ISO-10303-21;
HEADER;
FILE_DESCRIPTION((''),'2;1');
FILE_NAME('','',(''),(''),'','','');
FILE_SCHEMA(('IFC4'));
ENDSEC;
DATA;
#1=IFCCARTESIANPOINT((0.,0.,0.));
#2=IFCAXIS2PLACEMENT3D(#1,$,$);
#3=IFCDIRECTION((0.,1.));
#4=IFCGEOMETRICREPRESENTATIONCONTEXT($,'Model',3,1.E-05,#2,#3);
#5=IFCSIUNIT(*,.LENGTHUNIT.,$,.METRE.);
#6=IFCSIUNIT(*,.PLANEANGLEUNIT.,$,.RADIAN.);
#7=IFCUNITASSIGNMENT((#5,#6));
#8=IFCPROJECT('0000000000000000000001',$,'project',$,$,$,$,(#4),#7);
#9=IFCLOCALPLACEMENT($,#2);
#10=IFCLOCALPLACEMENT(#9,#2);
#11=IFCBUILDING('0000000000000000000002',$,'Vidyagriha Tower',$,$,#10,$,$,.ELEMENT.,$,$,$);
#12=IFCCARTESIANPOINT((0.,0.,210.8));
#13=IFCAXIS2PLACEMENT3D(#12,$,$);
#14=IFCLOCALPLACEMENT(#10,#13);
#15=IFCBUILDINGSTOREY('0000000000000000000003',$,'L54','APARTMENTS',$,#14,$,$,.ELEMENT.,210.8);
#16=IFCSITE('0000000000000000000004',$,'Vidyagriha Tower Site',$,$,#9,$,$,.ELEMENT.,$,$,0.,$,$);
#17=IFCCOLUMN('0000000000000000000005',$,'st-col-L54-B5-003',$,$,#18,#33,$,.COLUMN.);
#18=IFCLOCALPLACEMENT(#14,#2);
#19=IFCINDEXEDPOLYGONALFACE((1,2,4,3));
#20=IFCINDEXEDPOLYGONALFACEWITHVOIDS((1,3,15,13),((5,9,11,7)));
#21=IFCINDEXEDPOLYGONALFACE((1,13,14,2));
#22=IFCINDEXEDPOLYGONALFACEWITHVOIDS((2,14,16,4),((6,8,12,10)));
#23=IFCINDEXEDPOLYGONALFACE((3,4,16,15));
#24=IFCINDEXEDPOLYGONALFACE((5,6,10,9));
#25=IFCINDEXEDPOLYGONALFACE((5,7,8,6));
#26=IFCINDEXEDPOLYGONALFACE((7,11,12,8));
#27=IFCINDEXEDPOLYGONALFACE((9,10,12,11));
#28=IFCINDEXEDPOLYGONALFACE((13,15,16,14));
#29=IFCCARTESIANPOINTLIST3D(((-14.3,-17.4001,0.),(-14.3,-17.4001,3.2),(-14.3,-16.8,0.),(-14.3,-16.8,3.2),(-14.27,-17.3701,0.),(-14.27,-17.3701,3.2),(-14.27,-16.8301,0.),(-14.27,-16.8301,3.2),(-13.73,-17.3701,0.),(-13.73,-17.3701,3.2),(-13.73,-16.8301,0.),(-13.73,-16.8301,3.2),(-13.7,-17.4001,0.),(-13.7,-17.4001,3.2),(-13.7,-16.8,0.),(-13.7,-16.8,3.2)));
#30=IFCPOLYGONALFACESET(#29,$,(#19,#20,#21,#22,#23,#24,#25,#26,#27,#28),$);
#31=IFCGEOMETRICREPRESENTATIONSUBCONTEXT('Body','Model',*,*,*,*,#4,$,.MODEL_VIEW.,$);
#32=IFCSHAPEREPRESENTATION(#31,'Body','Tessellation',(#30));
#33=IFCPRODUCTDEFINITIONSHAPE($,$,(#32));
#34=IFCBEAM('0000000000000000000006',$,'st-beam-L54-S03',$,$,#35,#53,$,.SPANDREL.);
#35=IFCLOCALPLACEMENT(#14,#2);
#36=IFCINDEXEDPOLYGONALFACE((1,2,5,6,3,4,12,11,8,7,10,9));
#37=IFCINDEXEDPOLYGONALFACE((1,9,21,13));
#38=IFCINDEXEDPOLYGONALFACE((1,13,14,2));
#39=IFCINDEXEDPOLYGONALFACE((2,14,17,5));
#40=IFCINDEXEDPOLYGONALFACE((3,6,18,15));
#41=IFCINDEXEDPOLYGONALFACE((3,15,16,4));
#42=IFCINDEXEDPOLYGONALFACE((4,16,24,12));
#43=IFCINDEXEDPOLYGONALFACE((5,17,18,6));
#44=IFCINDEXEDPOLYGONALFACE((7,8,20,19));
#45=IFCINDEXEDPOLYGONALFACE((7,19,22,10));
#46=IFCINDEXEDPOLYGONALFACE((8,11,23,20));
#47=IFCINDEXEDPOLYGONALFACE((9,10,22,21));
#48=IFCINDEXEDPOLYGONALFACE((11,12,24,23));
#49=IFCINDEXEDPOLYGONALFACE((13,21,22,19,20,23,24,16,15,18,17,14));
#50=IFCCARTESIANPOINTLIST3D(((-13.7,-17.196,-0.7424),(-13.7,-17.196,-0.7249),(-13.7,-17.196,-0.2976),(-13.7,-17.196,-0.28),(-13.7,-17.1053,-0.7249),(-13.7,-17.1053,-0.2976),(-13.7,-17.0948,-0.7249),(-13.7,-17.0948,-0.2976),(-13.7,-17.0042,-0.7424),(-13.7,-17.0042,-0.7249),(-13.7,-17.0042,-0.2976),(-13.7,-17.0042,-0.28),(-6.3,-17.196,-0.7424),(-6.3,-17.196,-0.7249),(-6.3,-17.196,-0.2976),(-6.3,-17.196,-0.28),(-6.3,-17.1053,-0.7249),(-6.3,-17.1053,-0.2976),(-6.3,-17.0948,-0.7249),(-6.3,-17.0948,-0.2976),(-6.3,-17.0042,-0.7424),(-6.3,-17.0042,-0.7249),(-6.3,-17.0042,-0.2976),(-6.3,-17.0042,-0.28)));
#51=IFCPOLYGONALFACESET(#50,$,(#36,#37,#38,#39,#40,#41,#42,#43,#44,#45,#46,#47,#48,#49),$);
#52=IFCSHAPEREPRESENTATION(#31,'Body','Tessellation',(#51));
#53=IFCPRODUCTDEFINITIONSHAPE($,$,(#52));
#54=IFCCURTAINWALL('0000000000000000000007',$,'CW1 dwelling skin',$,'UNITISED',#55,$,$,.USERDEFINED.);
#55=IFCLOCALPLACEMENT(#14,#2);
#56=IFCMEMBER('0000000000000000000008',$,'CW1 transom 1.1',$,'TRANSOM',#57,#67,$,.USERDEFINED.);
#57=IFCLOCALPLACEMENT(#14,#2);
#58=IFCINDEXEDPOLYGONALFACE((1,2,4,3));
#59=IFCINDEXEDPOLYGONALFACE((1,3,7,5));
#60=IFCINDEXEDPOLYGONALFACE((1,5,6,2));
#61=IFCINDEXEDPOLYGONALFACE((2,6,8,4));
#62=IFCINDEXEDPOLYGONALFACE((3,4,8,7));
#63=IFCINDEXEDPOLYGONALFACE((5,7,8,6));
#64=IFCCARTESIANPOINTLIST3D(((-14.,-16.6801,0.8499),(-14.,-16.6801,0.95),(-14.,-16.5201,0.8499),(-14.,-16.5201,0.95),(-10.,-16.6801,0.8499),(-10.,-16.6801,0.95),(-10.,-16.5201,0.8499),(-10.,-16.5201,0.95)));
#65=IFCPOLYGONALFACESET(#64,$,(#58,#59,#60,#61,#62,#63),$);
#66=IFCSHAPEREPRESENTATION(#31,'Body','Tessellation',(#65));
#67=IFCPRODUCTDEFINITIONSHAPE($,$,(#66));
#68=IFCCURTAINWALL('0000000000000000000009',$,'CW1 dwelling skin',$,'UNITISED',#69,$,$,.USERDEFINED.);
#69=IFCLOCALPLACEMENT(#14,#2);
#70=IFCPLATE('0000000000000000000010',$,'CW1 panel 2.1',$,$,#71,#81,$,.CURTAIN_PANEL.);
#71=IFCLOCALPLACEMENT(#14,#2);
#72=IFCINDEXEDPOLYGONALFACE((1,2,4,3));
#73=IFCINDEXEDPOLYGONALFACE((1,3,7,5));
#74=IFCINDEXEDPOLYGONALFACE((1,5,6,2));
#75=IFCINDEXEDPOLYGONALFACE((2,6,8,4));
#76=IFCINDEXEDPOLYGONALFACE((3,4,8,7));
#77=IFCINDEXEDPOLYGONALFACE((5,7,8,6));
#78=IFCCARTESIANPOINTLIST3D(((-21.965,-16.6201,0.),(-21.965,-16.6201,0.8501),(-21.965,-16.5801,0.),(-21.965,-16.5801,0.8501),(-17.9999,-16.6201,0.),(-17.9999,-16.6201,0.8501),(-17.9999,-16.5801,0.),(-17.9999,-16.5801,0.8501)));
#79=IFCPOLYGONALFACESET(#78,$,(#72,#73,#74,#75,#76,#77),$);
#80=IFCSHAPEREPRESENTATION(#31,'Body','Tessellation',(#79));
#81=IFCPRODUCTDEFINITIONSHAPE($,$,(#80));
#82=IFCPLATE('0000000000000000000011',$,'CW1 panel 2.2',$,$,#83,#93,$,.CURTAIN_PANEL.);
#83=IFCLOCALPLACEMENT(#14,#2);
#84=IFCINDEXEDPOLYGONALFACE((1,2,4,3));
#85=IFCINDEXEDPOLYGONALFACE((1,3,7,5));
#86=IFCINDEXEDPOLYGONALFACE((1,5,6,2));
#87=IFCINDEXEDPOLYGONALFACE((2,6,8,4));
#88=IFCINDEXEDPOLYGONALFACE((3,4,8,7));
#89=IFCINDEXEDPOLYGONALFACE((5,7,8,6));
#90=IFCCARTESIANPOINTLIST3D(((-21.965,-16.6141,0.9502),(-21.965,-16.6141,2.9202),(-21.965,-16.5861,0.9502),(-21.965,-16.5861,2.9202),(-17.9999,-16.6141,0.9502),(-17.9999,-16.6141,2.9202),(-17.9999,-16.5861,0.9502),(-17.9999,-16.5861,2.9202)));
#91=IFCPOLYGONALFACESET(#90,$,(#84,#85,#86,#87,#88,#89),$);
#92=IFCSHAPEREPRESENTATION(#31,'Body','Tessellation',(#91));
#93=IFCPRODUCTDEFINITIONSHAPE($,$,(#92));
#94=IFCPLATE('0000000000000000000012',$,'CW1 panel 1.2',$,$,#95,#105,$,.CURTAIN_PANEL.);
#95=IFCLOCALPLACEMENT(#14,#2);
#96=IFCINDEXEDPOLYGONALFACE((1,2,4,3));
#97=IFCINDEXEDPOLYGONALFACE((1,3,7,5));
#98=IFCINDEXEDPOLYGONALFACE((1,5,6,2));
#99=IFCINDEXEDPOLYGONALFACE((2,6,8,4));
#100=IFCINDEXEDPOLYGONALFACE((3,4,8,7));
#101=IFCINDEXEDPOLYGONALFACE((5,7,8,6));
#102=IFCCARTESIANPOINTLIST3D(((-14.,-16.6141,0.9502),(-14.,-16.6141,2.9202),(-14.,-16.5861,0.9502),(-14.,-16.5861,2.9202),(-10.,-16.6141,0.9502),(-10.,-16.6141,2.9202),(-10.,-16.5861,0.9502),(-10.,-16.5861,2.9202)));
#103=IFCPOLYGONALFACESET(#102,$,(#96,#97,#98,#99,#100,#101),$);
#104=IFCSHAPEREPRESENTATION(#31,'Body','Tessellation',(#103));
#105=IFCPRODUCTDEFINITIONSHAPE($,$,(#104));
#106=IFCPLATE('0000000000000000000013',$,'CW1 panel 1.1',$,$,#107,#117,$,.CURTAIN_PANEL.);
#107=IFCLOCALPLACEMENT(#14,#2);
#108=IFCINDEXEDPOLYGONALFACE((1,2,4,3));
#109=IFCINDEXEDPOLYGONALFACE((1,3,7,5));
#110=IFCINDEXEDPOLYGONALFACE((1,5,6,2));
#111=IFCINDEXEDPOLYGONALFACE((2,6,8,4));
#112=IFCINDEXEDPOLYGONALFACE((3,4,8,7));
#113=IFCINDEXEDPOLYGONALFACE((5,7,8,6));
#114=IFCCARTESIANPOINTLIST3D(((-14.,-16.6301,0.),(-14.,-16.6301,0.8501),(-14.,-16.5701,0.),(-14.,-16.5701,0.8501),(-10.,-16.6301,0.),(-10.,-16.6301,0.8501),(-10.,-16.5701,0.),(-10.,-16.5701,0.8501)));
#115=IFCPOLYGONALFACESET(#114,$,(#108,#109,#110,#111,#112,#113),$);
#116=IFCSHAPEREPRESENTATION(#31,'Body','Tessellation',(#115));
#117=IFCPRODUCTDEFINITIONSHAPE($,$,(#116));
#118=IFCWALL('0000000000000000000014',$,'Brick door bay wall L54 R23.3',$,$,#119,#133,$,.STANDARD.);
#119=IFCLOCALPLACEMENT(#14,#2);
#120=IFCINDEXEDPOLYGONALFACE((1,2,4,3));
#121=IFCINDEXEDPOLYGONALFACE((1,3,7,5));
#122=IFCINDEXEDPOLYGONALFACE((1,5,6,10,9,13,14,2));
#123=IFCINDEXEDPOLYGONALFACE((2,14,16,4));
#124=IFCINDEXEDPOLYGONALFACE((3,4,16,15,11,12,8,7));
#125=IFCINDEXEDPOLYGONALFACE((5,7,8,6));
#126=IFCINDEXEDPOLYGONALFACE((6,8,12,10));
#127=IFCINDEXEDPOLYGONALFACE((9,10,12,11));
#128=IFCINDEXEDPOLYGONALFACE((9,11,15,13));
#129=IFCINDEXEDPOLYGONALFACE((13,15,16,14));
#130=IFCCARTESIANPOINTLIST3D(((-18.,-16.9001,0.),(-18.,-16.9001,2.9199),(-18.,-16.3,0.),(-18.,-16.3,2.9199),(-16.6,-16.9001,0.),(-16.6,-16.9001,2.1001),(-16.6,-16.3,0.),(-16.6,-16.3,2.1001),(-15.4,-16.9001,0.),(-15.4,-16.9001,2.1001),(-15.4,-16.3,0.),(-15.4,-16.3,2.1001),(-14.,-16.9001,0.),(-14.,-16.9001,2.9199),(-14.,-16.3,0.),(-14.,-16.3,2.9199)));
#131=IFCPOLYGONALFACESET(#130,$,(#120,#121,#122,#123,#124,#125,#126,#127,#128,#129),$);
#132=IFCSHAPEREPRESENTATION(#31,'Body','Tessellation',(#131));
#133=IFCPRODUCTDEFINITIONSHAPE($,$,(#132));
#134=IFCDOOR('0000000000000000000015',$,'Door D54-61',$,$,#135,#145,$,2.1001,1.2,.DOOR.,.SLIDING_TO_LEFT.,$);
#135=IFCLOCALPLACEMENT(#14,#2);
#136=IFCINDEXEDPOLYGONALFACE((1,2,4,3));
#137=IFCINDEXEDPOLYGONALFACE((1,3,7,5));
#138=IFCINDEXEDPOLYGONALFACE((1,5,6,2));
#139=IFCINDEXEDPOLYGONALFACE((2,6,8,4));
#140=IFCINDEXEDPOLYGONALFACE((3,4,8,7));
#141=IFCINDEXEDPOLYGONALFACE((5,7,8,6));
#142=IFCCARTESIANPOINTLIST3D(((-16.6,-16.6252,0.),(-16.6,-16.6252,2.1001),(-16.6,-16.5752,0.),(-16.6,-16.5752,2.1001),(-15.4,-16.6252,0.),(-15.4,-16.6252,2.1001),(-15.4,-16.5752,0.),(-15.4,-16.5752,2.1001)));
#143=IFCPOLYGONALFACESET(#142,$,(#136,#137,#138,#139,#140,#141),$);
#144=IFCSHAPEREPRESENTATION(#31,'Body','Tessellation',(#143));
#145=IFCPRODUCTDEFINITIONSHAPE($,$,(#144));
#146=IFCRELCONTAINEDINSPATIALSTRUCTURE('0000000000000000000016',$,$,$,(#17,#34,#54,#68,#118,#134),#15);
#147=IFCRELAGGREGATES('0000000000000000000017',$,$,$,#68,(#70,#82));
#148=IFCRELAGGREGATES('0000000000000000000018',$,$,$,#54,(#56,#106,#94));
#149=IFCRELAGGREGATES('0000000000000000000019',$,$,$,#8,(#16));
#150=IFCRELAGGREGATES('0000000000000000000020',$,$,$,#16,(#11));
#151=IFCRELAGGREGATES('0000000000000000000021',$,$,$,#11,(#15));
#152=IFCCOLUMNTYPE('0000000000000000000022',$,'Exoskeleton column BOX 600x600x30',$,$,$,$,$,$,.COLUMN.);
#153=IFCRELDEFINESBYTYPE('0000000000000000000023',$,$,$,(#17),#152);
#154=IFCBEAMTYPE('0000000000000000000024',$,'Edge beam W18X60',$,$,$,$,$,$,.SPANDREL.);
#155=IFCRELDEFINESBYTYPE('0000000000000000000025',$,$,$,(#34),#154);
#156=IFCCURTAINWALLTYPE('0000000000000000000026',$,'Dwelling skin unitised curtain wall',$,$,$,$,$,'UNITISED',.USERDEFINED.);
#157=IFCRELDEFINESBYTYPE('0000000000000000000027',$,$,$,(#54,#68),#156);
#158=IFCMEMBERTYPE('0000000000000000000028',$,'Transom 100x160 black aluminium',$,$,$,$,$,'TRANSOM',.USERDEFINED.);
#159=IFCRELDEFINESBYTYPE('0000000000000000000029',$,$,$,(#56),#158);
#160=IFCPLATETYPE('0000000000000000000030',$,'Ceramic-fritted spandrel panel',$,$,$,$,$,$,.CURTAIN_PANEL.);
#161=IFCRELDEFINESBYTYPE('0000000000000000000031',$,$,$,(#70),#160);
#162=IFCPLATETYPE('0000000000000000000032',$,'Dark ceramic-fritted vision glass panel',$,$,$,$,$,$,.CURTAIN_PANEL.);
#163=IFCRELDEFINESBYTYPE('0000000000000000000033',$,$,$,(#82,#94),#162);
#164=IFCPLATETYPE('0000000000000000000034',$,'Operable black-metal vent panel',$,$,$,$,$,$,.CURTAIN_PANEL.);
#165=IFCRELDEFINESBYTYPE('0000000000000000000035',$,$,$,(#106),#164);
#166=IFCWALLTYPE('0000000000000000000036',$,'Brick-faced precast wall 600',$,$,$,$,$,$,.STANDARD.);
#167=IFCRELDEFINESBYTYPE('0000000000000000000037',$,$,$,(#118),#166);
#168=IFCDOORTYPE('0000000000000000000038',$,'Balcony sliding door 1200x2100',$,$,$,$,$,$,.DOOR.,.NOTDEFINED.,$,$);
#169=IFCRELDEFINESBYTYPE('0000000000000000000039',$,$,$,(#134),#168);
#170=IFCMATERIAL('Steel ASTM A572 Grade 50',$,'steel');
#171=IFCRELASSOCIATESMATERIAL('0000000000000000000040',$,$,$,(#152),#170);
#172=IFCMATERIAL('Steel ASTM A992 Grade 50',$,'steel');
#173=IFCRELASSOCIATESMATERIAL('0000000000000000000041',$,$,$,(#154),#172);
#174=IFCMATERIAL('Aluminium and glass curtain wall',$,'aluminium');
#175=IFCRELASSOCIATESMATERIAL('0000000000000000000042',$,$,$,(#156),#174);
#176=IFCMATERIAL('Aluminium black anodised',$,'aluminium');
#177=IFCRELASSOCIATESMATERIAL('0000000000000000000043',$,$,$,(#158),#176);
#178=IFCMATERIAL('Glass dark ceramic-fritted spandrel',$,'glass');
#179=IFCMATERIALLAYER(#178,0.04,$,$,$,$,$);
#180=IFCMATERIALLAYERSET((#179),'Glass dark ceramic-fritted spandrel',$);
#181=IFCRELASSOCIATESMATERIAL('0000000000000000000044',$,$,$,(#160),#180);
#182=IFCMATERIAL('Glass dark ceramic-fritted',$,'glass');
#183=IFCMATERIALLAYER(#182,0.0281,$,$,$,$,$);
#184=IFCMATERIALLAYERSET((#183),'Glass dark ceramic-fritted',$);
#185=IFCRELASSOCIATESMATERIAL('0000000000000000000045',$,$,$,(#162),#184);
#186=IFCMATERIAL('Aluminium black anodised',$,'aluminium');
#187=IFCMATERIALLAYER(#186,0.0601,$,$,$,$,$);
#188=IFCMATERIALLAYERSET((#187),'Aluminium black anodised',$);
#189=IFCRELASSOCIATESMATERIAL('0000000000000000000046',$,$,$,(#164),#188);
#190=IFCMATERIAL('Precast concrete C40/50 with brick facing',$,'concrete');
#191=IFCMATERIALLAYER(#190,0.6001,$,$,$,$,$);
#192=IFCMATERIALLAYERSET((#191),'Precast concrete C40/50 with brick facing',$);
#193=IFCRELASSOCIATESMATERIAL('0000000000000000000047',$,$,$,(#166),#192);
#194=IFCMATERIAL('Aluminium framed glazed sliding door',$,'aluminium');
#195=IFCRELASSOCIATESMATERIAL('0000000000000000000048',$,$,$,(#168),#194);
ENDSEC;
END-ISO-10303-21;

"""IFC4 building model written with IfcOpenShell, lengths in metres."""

from ifc_helpers import new_model, si_unit, direction, frame, frame_2d, origin, origin_2d, place, context, subcontext, project, spatial, rectangle, hollow_rectangle, i_section, extrude, material, layer, layer_set, material_profile, profile_set, type_object, element, fill, aggregate, save


model = new_model("IFC4")

# Units and contexts
model_context = context("Model", 3, precision=1e-05, world=origin(), true_north=direction((0.0, 1.0)))
body_context = subcontext(model_context, "Body", "Model", "MODEL_VIEW")
ifc_project = project(units=[si_unit("LENGTHUNIT", "METRE"), si_unit("PLANEANGLEUNIT", "RADIAN")], contexts=[model_context])

# Site, building, storey
site_placement = place(None, origin())
site = spatial("IfcSite", under=ifc_project, at=site_placement, Name="Vidyagriha Tower Site", CompositionType="ELEMENT", RefElevation=0.0)
building_placement = place(site_placement, origin())
building = spatial("IfcBuilding", under=site, at=building_placement, Name="Vidyagriha Tower", CompositionType="ELEMENT")
storey_placement = place(building_placement, frame((0.0, 0.0, 210.8)))
storey = spatial("IfcBuildingStorey", under=building, at=storey_placement, Name="L54", Description="APARTMENTS", CompositionType="ELEMENT", Elevation=210.8)

# Column
ifc_material_1 = material(Name="Steel ASTM A572 Grade 50", Category="steel")
ifc_material_profile_1 = material_profile(ifc_material_1, hollow_rectangle(XDim=0.6001, YDim=0.6001, WallThickness=0.03, at=origin_2d()), Name="BOX 600x600x30")
ifc_profile_set_1 = profile_set([ifc_material_profile_1], Name="Steel ASTM A572 Grade 50")
column_type = type_object("IfcColumnType", Name="Exoskeleton column BOX 600x600x30", PredefinedType="COLUMN", material=ifc_profile_set_1)
column_placement = place(storey_placement, frame((-14.0, -17.1001, 0.0)))
element("IfcColumn", 1, at=column_placement, inside=storey, type_object=column_type, Name="st-col-L54-B5-003", PredefinedType="COLUMN", context=body_context, shape_type="SweptSolid", body=[
    extrude(hollow_rectangle(XDim=0.6001, YDim=0.6001, WallThickness=0.03, at=origin_2d()), origin(), (0.0, 0.0, 1.0), 3.2),
])

# Beam
ifc_material_2 = material(Name="Steel ASTM A992 Grade 50", Category="steel")
ifc_material_profile_2 = material_profile(ifc_material_2, i_section(OverallWidth=0.1919, OverallDepth=0.4624, WebThickness=0.0105, FlangeThickness=0.0176, at=origin_2d()), Name="W18X60")
ifc_profile_set_2 = profile_set([ifc_material_profile_2], Name="Steel ASTM A992 Grade 50")
beam_type = type_object("IfcBeamType", Name="Edge beam W18X60", PredefinedType="SPANDREL", material=ifc_profile_set_2)
beam_placement = place(storey_placement, frame((-13.7, -17.1001, -0.5112), z_axis=(1.0, 0.0, 0.0), x_axis=(0.0, 1.0, 0.0)))
element("IfcBeam", 2, at=beam_placement, inside=storey, type_object=beam_type, Name="st-beam-L54-S03", PredefinedType="SPANDREL", context=body_context, shape_type="SweptSolid", body=[
    extrude(i_section(OverallWidth=0.1919, OverallDepth=0.4624, WebThickness=0.0105, FlangeThickness=0.0176, at=origin_2d()), origin(), (0.0, 0.0, 1.0), 7.3999),
])

# Curtain wall, member
ifc_material_3 = material(Name="Aluminium and glass curtain wall", Category="aluminium")
curtain_wall_type = type_object("IfcCurtainWallType", Name="Dwelling skin unitised curtain wall", ElementType="UNITISED", PredefinedType="USERDEFINED", material=ifc_material_3)
curtain_wall_1_placement = place(storey_placement, origin())
curtain_wall_1 = element("IfcCurtainWall", 3, at=curtain_wall_1_placement, inside=storey, type_object=curtain_wall_type, Name="CW1 dwelling skin", ObjectType="UNITISED", PredefinedType="USERDEFINED")
ifc_material_4 = material(Name="Aluminium black anodised", Category="aluminium")
ifc_material_profile_3 = material_profile(ifc_material_4, rectangle(XDim=0.1599, YDim=0.1001, at=origin_2d()), Name="Transom 100x160 black aluminium")
ifc_profile_set_3 = profile_set([ifc_material_profile_3], Name="Aluminium black anodised")
member_type = type_object("IfcMemberType", Name="Transom 100x160 black aluminium", ElementType="TRANSOM", PredefinedType="USERDEFINED", material=ifc_profile_set_3)
member_placement = place(storey_placement, frame((-14.0, -16.6001, 0.8999), z_axis=(1.0, 0.0, 0.0), x_axis=(0.0, 1.0, 0.0)))
member = element("IfcMember", 4, at=member_placement, type_object=member_type, Name="CW1 transom 1.1", ObjectType="TRANSOM", PredefinedType="USERDEFINED", context=body_context, shape_type="SweptSolid", body=[
    extrude(rectangle(XDim=0.1599, YDim=0.1001, at=origin_2d()), origin(), (0.0, 0.0, 1.0), 4.0),
])

# Curtain wall, plates
curtain_wall_2_placement = place(storey_placement, origin())
curtain_wall_2 = element("IfcCurtainWall", 5, at=curtain_wall_2_placement, inside=storey, type_object=curtain_wall_type, Name="CW1 dwelling skin", ObjectType="UNITISED", PredefinedType="USERDEFINED")
ifc_material_5 = material(Name="Glass dark ceramic-fritted spandrel", Category="glass")
ifc_layer_1 = layer(ifc_material_5, 0.04)
ifc_layer_set_1 = layer_set([ifc_layer_1], Name="Glass dark ceramic-fritted spandrel")
plate_type_1 = type_object("IfcPlateType", Name="Ceramic-fritted spandrel panel", PredefinedType="CURTAIN_PANEL", material=ifc_layer_set_1)
plate_1_placement = place(storey_placement, frame((-19.9824, -16.6001, 0.0)))
plate_1 = element("IfcPlate", 6, at=plate_1_placement, type_object=plate_type_1, Name="CW1 panel 2.1", PredefinedType="CURTAIN_PANEL", context=body_context, shape_type="SweptSolid", body=[
    extrude(rectangle(XDim=3.9651, YDim=0.04, at=origin_2d()), origin(), (0.0, 0.0, 1.0), 0.8501),
])
ifc_material_6 = material(Name="Glass dark ceramic-fritted", Category="glass")
ifc_layer_2 = layer(ifc_material_6, 0.0281)
ifc_layer_set_2 = layer_set([ifc_layer_2], Name="Glass dark ceramic-fritted")
plate_type_2 = type_object("IfcPlateType", Name="Dark ceramic-fritted vision glass panel", PredefinedType="CURTAIN_PANEL", material=ifc_layer_set_2)
plate_2_placement = place(storey_placement, frame((-19.9824, -16.6001, 0.9502)))
plate_2 = element("IfcPlate", 7, at=plate_2_placement, type_object=plate_type_2, Name="CW1 panel 2.2", PredefinedType="CURTAIN_PANEL", context=body_context, shape_type="SweptSolid", body=[
    extrude(rectangle(XDim=3.9651, YDim=0.0281, at=origin_2d()), origin(), (0.0, 0.0, 1.0), 1.97),
])
aggregate(curtain_wall_2, [plate_1, plate_2])

# Plates
plate_3_placement = place(storey_placement, frame((-12.0, -16.6001, 0.9502)))
plate_3 = element("IfcPlate", 8, at=plate_3_placement, type_object=plate_type_2, Name="CW1 panel 1.2", PredefinedType="CURTAIN_PANEL", context=body_context, shape_type="SweptSolid", body=[
    extrude(rectangle(XDim=4.0, YDim=0.0281, at=origin_2d()), origin(), (0.0, 0.0, 1.0), 1.97),
])
ifc_material_7 = material(Name="Aluminium black anodised", Category="aluminium")
ifc_layer_3 = layer(ifc_material_7, 0.0601)
ifc_layer_set_3 = layer_set([ifc_layer_3], Name="Aluminium black anodised")
plate_type_3 = type_object("IfcPlateType", Name="Operable black-metal vent panel", PredefinedType="CURTAIN_PANEL", material=ifc_layer_set_3)
plate_4_placement = place(storey_placement, frame((-12.0, -16.6001, 0.0)))
plate_4 = element("IfcPlate", 9, at=plate_4_placement, type_object=plate_type_3, Name="CW1 panel 1.1", PredefinedType="CURTAIN_PANEL", context=body_context, shape_type="SweptSolid", body=[
    extrude(rectangle(XDim=4.0, YDim=0.0601, at=origin_2d()), origin(), (0.0, 0.0, 1.0), 0.8501),
])
aggregate(curtain_wall_1, [member, plate_4, plate_3])

# Wall, opening, door
ifc_material_8 = material(Name="Precast concrete C40/50 with brick facing", Category="concrete")
ifc_layer_4 = layer(ifc_material_8, 0.6001)
ifc_layer_set_4 = layer_set([ifc_layer_4], Name="Precast concrete C40/50 with brick facing")
wall_type = type_object("IfcWallType", Name="Brick-faced precast wall 600", PredefinedType="STANDARD", material=ifc_layer_set_4)
wall_placement = place(storey_placement, frame((-18.0, -16.6001, 0.0)))
wall = element("IfcWall", 10, at=wall_placement, inside=storey, type_object=wall_type, Name="Brick door bay wall L54 R23.3", PredefinedType="STANDARD", context=body_context, shape_type="SweptSolid", body=[
    extrude(rectangle(XDim=4.0, YDim=0.6001, at=frame_2d((2.0, 0.0))), origin(), (0.0, 0.0, 1.0), 2.9199),
])
opening_placement = place(wall_placement, frame((1.3999, 0.0, 0.0)))
opening = element("IfcOpeningElement", 11, at=opening_placement, cuts=wall, PredefinedType="OPENING", context=body_context, shape_type="SweptSolid", body=[
    extrude(rectangle(XDim=1.2, YDim=2.1001, at=frame_2d((0.6001, 1.05))), frame((0.0, 0.3101, 0.0), z_axis=(0.0, -1.0, 0.0), x_axis=(1.0, 0.0, 0.0)), (0.0, 0.0, 1.0), 0.6201),
])
ifc_material_9 = material(Name="Aluminium framed glazed sliding door", Category="aluminium")
door_type = type_object("IfcDoorType", Name="Balcony sliding door 1200x2100", OperationType="NOTDEFINED", PredefinedType="DOOR", material=ifc_material_9)
door_placement = place(opening_placement, origin())
door = element("IfcDoor", 12, at=door_placement, inside=storey, type_object=door_type, Name="Door D54-61", OperationType="SLIDING_TO_LEFT", OverallHeight=2.1001, OverallWidth=1.2, PredefinedType="DOOR", context=body_context, shape_type="SweptSolid", body=[
    extrude(rectangle(XDim=1.2, YDim=2.1001, at=frame_2d((0.6001, 1.05))), frame((0.0, 0.0249, 0.0), z_axis=(0.0, -1.0, 0.0), x_axis=(1.0, 0.0, 0.0)), (0.0, 0.0, 1.0), 0.05),
])
fill(opening, door)

save(model, "model.ifc")
